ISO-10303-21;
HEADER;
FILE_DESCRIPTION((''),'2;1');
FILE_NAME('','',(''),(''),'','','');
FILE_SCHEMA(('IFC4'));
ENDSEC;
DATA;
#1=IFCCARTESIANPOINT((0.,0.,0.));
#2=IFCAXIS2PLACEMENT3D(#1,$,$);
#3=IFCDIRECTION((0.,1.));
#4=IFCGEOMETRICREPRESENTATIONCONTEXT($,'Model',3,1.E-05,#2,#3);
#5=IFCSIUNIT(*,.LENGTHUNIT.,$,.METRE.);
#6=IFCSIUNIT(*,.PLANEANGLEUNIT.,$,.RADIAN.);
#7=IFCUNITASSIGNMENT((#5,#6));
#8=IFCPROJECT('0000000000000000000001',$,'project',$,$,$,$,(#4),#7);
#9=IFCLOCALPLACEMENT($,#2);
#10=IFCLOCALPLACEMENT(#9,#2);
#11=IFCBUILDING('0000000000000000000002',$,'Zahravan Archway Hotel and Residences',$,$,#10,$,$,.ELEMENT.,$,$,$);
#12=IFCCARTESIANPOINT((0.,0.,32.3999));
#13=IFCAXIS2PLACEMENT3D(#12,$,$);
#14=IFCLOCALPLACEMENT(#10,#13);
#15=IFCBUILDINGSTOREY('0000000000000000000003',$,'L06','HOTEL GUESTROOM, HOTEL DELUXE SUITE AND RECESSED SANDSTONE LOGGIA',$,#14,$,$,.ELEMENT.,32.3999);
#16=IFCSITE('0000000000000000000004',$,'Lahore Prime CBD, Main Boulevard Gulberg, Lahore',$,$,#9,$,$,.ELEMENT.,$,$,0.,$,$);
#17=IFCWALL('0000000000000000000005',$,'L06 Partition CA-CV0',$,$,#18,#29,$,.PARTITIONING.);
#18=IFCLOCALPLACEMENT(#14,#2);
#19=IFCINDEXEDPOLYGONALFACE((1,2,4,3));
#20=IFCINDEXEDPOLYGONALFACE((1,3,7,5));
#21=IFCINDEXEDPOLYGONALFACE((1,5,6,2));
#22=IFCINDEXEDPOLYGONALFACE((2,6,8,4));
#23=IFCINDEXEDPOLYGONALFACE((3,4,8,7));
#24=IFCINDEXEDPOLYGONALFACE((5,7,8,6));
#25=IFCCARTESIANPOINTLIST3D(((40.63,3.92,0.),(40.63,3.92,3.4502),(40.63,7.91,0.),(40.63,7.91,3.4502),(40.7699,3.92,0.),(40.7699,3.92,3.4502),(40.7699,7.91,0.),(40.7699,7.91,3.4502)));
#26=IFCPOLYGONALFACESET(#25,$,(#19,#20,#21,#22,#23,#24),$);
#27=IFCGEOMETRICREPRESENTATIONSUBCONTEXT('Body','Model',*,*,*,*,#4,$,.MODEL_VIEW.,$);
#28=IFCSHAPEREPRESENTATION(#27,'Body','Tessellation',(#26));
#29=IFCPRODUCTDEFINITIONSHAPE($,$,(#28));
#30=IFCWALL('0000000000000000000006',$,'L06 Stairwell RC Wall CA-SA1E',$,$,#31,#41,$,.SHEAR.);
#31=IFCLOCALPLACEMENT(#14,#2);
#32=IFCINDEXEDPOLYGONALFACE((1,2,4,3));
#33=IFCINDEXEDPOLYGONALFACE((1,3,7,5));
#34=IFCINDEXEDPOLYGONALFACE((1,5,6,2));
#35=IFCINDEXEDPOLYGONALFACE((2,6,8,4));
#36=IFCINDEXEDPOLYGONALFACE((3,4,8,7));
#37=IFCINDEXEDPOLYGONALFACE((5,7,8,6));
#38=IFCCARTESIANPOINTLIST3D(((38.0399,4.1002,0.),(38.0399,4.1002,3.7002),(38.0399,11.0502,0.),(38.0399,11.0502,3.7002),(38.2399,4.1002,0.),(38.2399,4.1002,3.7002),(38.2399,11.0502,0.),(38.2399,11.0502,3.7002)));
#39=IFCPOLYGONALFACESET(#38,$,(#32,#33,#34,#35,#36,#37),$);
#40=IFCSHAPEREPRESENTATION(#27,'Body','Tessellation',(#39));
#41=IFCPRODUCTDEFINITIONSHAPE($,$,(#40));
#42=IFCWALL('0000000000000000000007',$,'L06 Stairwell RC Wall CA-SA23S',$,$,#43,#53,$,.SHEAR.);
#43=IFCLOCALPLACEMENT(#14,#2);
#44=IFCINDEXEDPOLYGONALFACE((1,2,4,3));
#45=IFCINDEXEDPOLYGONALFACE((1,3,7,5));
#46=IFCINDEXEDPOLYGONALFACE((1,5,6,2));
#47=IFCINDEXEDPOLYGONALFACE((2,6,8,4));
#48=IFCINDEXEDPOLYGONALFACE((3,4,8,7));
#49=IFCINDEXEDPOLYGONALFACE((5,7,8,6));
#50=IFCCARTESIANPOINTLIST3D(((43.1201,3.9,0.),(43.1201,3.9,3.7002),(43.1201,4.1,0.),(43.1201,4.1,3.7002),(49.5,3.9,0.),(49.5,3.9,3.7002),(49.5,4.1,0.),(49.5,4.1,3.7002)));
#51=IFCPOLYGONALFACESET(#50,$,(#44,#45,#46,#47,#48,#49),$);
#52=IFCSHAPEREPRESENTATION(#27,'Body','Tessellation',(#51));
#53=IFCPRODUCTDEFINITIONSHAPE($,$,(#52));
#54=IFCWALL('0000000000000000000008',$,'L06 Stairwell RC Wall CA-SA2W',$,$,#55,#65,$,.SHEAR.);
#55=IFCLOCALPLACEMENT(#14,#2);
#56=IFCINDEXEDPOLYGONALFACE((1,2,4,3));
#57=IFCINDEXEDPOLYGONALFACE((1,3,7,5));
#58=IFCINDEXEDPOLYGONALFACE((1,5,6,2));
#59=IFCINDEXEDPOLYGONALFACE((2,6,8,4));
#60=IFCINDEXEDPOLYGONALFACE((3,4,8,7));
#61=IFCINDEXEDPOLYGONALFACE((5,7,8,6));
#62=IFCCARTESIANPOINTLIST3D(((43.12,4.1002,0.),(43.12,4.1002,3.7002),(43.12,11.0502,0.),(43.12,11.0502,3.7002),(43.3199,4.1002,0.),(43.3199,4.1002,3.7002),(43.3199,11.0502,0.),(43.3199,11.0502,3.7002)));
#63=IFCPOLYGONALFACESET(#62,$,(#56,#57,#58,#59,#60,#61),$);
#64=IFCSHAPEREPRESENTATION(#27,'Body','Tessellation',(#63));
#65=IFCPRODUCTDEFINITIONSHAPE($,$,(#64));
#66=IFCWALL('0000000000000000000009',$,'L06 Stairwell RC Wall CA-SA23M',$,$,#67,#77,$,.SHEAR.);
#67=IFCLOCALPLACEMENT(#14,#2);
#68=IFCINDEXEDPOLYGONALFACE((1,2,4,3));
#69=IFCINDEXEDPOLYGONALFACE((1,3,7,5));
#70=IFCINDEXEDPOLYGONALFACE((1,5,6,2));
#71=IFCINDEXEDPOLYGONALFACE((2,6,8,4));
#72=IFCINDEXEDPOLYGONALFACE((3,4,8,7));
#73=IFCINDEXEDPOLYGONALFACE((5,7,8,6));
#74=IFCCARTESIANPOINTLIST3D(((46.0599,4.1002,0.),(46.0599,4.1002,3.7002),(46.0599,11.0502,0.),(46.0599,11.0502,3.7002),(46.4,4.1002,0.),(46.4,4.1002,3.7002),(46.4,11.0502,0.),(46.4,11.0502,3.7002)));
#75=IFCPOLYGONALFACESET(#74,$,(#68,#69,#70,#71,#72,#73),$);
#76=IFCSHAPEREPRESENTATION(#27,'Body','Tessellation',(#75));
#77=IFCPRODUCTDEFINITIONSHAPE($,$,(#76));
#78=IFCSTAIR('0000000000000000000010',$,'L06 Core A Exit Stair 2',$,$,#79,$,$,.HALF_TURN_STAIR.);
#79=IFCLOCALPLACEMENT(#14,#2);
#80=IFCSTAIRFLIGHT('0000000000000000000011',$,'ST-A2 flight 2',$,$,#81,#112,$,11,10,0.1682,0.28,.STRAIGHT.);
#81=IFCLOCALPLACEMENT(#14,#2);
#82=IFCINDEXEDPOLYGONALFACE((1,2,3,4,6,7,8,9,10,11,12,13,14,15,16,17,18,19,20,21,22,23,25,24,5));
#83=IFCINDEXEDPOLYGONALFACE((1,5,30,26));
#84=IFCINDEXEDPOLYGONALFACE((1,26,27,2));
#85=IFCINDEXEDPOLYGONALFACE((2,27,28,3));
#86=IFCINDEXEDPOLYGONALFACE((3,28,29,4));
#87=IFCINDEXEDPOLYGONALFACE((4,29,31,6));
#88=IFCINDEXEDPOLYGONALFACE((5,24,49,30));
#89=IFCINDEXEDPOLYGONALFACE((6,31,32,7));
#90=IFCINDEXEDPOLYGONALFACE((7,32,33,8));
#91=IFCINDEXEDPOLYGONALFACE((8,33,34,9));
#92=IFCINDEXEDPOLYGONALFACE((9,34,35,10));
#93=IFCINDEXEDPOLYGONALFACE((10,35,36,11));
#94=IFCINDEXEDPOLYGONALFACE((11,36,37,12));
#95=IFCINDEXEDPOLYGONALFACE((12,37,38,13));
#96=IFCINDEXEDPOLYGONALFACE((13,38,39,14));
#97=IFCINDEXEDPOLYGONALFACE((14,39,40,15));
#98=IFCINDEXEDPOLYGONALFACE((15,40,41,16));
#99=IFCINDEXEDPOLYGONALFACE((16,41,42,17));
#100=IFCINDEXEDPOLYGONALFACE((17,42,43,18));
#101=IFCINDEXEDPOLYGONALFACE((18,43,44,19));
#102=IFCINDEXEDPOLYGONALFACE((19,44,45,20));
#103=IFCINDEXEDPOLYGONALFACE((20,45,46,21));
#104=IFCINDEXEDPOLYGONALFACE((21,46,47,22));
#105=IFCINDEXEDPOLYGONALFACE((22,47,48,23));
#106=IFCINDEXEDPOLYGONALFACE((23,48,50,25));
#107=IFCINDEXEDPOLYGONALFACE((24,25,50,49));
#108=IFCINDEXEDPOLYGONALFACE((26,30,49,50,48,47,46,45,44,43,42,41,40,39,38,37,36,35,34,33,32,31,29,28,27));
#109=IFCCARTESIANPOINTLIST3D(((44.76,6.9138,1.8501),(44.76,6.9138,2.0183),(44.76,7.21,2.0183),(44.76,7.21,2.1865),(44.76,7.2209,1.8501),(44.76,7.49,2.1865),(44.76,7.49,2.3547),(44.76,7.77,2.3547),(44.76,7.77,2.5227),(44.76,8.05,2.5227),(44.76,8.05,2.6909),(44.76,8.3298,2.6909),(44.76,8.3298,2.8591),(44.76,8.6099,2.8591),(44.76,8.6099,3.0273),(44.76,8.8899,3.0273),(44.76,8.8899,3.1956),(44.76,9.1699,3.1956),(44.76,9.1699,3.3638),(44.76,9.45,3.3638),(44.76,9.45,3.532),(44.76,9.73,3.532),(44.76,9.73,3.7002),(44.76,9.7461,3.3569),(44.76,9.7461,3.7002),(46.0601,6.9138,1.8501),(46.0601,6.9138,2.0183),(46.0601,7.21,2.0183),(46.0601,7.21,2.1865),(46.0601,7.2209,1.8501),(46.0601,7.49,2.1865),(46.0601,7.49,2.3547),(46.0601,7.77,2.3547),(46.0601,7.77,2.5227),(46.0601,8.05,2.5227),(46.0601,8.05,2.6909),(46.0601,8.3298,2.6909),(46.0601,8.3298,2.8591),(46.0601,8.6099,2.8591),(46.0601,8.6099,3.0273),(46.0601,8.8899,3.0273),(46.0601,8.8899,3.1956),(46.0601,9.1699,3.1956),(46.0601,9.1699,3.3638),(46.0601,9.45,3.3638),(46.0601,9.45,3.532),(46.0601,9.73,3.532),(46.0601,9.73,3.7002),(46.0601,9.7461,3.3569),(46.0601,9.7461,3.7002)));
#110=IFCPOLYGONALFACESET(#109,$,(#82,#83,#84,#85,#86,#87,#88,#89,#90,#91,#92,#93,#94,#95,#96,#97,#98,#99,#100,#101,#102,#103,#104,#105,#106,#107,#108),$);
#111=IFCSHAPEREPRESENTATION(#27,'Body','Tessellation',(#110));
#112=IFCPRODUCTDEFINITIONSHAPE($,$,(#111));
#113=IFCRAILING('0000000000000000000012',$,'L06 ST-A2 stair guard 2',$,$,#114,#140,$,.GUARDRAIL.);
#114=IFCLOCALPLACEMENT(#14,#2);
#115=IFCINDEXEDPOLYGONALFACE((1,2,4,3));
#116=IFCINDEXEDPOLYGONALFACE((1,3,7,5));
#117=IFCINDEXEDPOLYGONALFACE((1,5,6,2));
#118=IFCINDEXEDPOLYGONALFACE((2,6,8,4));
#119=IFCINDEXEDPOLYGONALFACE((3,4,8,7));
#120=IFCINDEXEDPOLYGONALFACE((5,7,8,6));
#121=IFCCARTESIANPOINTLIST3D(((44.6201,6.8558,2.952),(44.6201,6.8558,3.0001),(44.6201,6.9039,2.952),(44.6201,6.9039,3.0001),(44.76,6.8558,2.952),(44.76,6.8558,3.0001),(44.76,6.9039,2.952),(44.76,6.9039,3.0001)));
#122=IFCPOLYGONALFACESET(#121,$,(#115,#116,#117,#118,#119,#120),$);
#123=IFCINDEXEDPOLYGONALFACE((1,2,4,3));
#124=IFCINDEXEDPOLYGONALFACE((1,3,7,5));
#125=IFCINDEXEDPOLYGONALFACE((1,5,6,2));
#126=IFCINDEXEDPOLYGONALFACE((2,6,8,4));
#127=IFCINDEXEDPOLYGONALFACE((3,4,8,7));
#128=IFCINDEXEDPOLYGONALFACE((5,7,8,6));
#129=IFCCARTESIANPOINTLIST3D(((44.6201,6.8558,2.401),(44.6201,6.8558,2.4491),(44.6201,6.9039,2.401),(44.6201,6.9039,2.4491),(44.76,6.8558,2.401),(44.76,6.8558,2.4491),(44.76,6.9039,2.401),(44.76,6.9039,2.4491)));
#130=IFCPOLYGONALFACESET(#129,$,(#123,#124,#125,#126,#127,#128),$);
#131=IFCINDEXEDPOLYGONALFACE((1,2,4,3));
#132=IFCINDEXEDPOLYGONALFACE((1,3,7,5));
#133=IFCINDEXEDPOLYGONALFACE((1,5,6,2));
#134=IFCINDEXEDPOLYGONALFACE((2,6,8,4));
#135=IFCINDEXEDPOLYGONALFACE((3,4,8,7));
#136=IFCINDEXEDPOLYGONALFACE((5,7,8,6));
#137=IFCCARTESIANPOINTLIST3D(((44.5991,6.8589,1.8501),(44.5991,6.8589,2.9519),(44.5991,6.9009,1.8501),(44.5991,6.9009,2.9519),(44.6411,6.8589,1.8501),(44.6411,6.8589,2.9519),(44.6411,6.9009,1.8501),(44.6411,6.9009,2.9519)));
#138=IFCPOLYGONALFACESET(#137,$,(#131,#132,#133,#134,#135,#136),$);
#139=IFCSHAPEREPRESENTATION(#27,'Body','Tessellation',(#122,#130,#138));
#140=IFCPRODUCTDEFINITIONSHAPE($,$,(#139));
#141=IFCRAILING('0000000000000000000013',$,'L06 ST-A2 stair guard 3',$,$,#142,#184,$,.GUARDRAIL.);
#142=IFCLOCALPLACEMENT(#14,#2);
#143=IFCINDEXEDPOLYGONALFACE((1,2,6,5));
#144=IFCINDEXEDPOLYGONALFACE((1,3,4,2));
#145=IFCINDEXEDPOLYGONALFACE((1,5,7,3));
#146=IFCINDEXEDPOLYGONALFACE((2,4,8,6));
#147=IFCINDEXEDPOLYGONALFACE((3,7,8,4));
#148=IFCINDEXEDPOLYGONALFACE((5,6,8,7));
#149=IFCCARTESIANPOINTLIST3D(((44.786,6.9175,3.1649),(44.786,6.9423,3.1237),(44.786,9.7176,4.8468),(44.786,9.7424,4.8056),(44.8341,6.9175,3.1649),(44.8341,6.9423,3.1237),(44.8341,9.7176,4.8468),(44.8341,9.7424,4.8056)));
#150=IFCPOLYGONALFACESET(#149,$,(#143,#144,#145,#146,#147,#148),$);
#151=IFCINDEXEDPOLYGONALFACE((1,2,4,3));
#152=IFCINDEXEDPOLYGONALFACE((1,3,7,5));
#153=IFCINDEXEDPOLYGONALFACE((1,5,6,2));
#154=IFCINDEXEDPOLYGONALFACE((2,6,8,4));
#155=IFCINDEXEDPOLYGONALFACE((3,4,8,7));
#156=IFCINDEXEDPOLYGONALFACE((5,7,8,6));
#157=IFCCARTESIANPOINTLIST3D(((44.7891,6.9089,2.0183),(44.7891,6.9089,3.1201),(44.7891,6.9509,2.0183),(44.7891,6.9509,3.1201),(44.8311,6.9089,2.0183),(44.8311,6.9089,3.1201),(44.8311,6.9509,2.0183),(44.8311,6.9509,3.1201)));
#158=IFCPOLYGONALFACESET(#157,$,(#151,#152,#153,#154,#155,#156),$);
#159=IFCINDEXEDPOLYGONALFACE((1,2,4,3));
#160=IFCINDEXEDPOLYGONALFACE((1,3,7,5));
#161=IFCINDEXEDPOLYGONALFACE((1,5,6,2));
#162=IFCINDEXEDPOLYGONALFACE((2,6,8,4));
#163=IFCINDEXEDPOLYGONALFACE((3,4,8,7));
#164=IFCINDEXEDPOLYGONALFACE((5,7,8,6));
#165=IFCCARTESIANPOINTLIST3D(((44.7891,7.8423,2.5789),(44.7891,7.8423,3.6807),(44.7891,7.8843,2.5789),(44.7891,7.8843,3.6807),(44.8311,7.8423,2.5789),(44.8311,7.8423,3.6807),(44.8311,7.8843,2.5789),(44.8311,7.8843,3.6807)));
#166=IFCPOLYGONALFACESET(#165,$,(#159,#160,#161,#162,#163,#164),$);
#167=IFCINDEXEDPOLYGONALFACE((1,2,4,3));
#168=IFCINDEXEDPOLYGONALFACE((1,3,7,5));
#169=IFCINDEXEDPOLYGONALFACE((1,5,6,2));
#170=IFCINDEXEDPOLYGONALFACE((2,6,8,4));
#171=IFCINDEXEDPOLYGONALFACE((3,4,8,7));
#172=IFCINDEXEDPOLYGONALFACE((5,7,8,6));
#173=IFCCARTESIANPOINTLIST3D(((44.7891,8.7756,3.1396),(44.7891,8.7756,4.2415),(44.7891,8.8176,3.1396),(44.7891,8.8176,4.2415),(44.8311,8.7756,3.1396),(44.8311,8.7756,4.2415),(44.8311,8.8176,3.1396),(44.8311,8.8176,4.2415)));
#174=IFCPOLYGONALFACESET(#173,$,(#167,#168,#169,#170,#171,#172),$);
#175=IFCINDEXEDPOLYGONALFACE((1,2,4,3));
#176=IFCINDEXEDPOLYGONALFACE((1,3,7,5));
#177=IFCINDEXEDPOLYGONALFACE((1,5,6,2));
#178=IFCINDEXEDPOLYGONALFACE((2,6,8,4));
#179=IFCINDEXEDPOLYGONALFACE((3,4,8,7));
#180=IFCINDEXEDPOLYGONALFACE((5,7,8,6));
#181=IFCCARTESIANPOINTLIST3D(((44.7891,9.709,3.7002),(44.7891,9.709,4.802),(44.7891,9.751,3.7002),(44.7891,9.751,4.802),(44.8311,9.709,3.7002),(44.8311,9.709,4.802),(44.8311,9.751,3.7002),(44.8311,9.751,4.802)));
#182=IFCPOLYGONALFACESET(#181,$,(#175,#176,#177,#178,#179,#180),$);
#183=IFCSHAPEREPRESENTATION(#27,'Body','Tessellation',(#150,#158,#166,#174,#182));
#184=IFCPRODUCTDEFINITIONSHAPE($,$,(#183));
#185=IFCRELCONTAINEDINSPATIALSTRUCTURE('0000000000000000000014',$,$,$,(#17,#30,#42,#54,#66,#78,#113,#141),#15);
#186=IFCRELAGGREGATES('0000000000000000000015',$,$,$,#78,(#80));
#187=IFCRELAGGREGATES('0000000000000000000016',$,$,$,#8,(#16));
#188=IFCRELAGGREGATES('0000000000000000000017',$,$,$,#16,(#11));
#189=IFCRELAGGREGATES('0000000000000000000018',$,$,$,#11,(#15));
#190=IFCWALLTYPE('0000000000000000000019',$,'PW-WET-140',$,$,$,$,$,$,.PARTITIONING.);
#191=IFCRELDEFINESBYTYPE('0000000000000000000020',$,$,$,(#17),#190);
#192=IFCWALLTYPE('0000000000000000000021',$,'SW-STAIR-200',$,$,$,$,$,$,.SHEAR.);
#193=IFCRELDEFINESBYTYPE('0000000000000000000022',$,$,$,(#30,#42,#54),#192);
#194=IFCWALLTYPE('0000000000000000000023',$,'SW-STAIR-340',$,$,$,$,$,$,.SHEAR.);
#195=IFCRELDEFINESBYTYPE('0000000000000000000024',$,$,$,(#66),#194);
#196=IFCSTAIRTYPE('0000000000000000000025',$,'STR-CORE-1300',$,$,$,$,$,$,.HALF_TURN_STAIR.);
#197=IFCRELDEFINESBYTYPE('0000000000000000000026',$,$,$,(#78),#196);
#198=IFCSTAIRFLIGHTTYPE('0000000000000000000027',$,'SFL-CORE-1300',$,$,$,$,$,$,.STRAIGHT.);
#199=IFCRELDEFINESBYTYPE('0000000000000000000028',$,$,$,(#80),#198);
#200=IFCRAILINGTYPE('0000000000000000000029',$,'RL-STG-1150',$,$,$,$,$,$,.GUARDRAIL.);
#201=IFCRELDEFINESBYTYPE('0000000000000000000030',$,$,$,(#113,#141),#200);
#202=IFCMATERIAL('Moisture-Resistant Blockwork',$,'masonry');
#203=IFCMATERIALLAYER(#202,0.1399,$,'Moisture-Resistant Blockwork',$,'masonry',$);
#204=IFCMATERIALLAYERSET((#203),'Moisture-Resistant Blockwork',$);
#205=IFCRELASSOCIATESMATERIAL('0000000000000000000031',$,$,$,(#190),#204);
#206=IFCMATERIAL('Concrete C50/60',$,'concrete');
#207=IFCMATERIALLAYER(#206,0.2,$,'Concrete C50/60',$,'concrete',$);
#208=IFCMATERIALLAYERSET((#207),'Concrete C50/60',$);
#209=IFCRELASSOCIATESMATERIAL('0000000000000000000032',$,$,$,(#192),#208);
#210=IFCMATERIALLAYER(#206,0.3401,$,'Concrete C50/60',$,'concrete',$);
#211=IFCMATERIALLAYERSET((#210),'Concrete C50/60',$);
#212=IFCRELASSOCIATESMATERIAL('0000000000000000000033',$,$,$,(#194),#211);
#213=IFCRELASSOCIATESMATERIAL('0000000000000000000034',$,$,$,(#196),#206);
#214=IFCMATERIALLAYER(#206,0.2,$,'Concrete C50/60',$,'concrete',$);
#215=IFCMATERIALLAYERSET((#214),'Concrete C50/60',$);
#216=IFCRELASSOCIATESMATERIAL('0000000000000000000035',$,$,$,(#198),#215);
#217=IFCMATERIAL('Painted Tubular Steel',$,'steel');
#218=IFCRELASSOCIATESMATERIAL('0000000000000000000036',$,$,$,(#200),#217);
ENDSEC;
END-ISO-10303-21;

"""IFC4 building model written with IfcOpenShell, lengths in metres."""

from ifc_helpers import new_model, si_unit, direction, frame, frame_2d, origin, origin_2d, place, context, subcontext, project, spatial, polyline, rectangle, outline, extrude, source, transform, mapped, material, layer, layer_set, type_object, element, aggregate, save


model = new_model("IFC4")

# Units and contexts
model_context = context("Model", 3, precision=1e-05, world=origin(), true_north=direction((0.0, 1.0)))
body_context = subcontext(model_context, "Body", "Model", "MODEL_VIEW")
ifc_project = project(units=[si_unit("LENGTHUNIT", "METRE"), si_unit("PLANEANGLEUNIT", "RADIAN")], contexts=[model_context])

# Site, building, storey
site_placement = place(None, origin())
site = spatial("IfcSite", under=ifc_project, at=site_placement, Name="Lahore Prime CBD, Main Boulevard Gulberg, Lahore", CompositionType="ELEMENT", RefElevation=0.0)
building_placement = place(site_placement, origin())
building = spatial("IfcBuilding", under=site, at=building_placement, Name="Zahravan Archway Hotel and Residences", CompositionType="ELEMENT")
storey_placement = place(building_placement, frame((0.0, 0.0, 32.3999)))
storey = spatial("IfcBuildingStorey", under=building, at=storey_placement, Name="L06", Description="HOTEL GUESTROOM, HOTEL DELUXE SUITE AND RECESSED SANDSTONE LOGGIA", CompositionType="ELEMENT", Elevation=32.3999)

# Walls
ifc_material_1 = material(Name="Moisture-Resistant Blockwork", Category="masonry")
ifc_layer_1 = layer(ifc_material_1, 0.1399, Name="Moisture-Resistant Blockwork", Category="masonry")
ifc_layer_set_1 = layer_set([ifc_layer_1], Name="Moisture-Resistant Blockwork")
wall_type_1 = type_object("IfcWallType", Name="PW-WET-140", PredefinedType="PARTITIONING", material=ifc_layer_set_1)
wall_1_placement = place(storey_placement, frame((40.7, 3.9199, 0.0), z_axis=(0.0, 0.0, 1.0), x_axis=(0.0, 1.0, 0.0)))
element("IfcWall", 1, at=wall_1_placement, inside=storey, type_object=wall_type_1, Name="L06 Partition CA-CV0", PredefinedType="PARTITIONING", context=body_context, shape_type="SweptSolid", body=[
    extrude(rectangle(XDim=3.99, YDim=0.1399, at=frame_2d((1.9951, 0.0))), origin(), (0.0, 0.0, 1.0), 3.4502),
])
ifc_material_2 = material(Name="Concrete C50/60", Category="concrete")
ifc_layer_2 = layer(ifc_material_2, 0.2, Name="Concrete C50/60", Category="concrete")
ifc_layer_set_2 = layer_set([ifc_layer_2], Name="Concrete C50/60")
wall_type_2 = type_object("IfcWallType", Name="SW-STAIR-200", PredefinedType="SHEAR", material=ifc_layer_set_2)
wall_2_placement = place(storey_placement, frame((38.1399, 4.1001, 0.0), z_axis=(0.0, 0.0, 1.0), x_axis=(0.0, 1.0, 0.0)))
element("IfcWall", 2, at=wall_2_placement, inside=storey, type_object=wall_type_2, Name="L06 Stairwell RC Wall CA-SA1E", PredefinedType="SHEAR", context=body_context, shape_type="SweptSolid", body=[
    extrude(rectangle(XDim=6.95, YDim=0.2, at=frame_2d((3.4751, 0.0))), origin(), (0.0, 0.0, 1.0), 3.7002),
])
wall_3_placement = place(storey_placement, frame((43.1201, 4.0, 0.0), z_axis=(0.0, 0.0, 1.0), x_axis=(1.0, 0.0, 0.0)))
element("IfcWall", 3, at=wall_3_placement, inside=storey, type_object=wall_type_2, Name="L06 Stairwell RC Wall CA-SA23S", PredefinedType="SHEAR", context=body_context, shape_type="SweptSolid", body=[
    extrude(rectangle(XDim=6.3799, YDim=0.2, at=frame_2d((3.1899, 0.0))), origin(), (0.0, 0.0, 1.0), 3.7002),
])
wall_4_placement = place(storey_placement, frame((43.22, 4.1001, 0.0), z_axis=(0.0, 0.0, 1.0), x_axis=(0.0, 1.0, 0.0)))
element("IfcWall", 4, at=wall_4_placement, inside=storey, type_object=wall_type_2, Name="L06 Stairwell RC Wall CA-SA2W", PredefinedType="SHEAR", context=body_context, shape_type="SweptSolid", body=[
    extrude(rectangle(XDim=6.95, YDim=0.2, at=frame_2d((3.4751, 0.0))), origin(), (0.0, 0.0, 1.0), 3.7002),
])
ifc_layer_3 = layer(ifc_material_2, 0.3401, Name="Concrete C50/60", Category="concrete")
ifc_layer_set_3 = layer_set([ifc_layer_3], Name="Concrete C50/60")
wall_type_3 = type_object("IfcWallType", Name="SW-STAIR-340", PredefinedType="SHEAR", material=ifc_layer_set_3)
wall_5_placement = place(storey_placement, frame((46.23, 4.1001, 0.0), z_axis=(0.0, 0.0, 1.0), x_axis=(0.0, 1.0, 0.0)))
element("IfcWall", 5, at=wall_5_placement, inside=storey, type_object=wall_type_3, Name="L06 Stairwell RC Wall CA-SA23M", PredefinedType="SHEAR", context=body_context, shape_type="SweptSolid", body=[
    extrude(rectangle(XDim=6.95, YDim=0.3401, at=frame_2d((3.4751, 0.0))), origin(), (0.0, 0.0, 1.0), 3.7002),
])

# Stair, stair flight
stair_type = type_object("IfcStairType", Name="STR-CORE-1300", PredefinedType="HALF_TURN_STAIR", material=ifc_material_2)
stair_placement = place(storey_placement, origin())
stair = element("IfcStair", 6, at=stair_placement, inside=storey, type_object=stair_type, Name="L06 Core A Exit Stair 2", PredefinedType="HALF_TURN_STAIR")
ifc_layer_4 = layer(ifc_material_2, 0.2, Name="Concrete C50/60", Category="concrete")
ifc_layer_set_4 = layer_set([ifc_layer_4], Name="Concrete C50/60")
stair_flight_type = type_object("IfcStairFlightType", Name="SFL-CORE-1300", PredefinedType="STRAIGHT", material=ifc_layer_set_4)
shared_shape_1 = source(origin(), body_context, "Body", "SweptSolid", [
    extrude(outline(polyline([(-0.0161, 0.0), (-0.0161, 0.1682), (0.28, 0.1682), (0.28, 0.3364), (0.5601, 0.3364), (0.5601, 0.5046), (0.8401, 0.5046), (0.8401, 0.6726), (1.1201, 0.6726), (1.1201, 0.8408), (1.3999, 0.8408), (1.3999, 1.009), (1.6799, 1.009), (1.6799, 1.1772), (1.96, 1.1772), (1.96, 1.3455), (2.24, 1.3455), (2.24, 1.5137), (2.52, 1.5137), (2.52, 1.6819), (2.8, 1.6819), (2.8, 1.8501), (2.8162, 1.8501), (2.8162, 1.5068), (0.291, 0.0), (-0.0161, 0.0)])), frame((0.0, 0.6499, 0.0), z_axis=(0.0, -1.0, 0.0), x_axis=(1.0, 0.0, 0.0)), (0.0, 0.0, 1.0), 1.3),
])
stair_flight_placement = place(storey_placement, frame((45.4099, 6.9299, 1.8501), z_axis=(0.0, 0.0, 1.0), x_axis=(0.0, 1.0, 0.0)))
stair_flight = element("IfcStairFlight", 7, at=stair_flight_placement, type_object=stair_flight_type, Name="ST-A2 flight 2", NumberOfRisers=11, NumberOfTreads=10, PredefinedType="STRAIGHT", RiserHeight=0.1682, TreadLength=0.28, context=body_context, shape_type="MappedRepresentation", body=[
    mapped(shared_shape_1, transform((0.0, 0.0, 0.0), scale=1.0)),
])
aggregate(stair, [stair_flight])

# Railings
ifc_material_3 = material(Name="Painted Tubular Steel", Category="steel")
railing_type_1 = type_object("IfcRailingType", Name="RL-STG-1150", PredefinedType="GUARDRAIL", material=ifc_material_3)
railing_1_placement = place(storey_placement, frame((44.6201, 6.8799, 1.8501)))
element("IfcRailing", 8, at=railing_1_placement, inside=storey, type_object=railing_type_1, Name="L06 ST-A2 stair guard 2", PredefinedType="GUARDRAIL", context=body_context, shape_type="SweptSolid", body=[
    extrude(rectangle(XDim=0.0481, YDim=0.0481, at=origin_2d()), frame((0.0, 0.0, 1.126), z_axis=(1.0, 0.0, 0.0), x_axis=(0.0, 1.0, 0.0)), (0.0, 0.0, 1.0), 0.1399),
    extrude(rectangle(XDim=0.0481, YDim=0.0481, at=origin_2d()), frame((0.0, 0.0, 0.575), z_axis=(1.0, 0.0, 0.0), x_axis=(0.0, 1.0, 0.0)), (0.0, 0.0, 1.0), 0.1399),
    extrude(rectangle(XDim=0.042, YDim=0.042, at=origin_2d()), origin(), (0.0, 0.0, 1.0), 1.1018),
])
railing_2_placement = place(storey_placement, frame((44.8101, 6.9299, 2.0183)))
element("IfcRailing", 9, at=railing_2_placement, inside=storey, type_object=railing_type_1, Name="L06 ST-A2 stair guard 3", PredefinedType="GUARDRAIL", context=body_context, shape_type="SweptSolid", body=[
    extrude(rectangle(XDim=0.0481, YDim=0.0481, at=origin_2d()), frame((0.0, 0.0, 1.126), z_axis=(0.0, 0.857242, 0.514913), x_axis=(-1.0, 0.0, 0.0)), (0.0, 0.0, 1.0), 3.2664),
    extrude(rectangle(XDim=0.042, YDim=0.042, at=origin_2d()), origin(), (0.0, 0.0, 1.0), 1.1018),
    extrude(rectangle(XDim=0.042, YDim=0.042, at=origin_2d()), frame((0.0, 0.9333, 0.5605)), (0.0, 0.0, 1.0), 1.1018),
    extrude(rectangle(XDim=0.042, YDim=0.042, at=origin_2d()), frame((0.0, 1.8667, 1.1213)), (0.0, 0.0, 1.0), 1.1018),
    extrude(rectangle(XDim=0.042, YDim=0.042, at=origin_2d()), frame((0.0, 2.8, 1.6819)), (0.0, 0.0, 1.0), 1.1018),
])

save(model, "model.ifc")
